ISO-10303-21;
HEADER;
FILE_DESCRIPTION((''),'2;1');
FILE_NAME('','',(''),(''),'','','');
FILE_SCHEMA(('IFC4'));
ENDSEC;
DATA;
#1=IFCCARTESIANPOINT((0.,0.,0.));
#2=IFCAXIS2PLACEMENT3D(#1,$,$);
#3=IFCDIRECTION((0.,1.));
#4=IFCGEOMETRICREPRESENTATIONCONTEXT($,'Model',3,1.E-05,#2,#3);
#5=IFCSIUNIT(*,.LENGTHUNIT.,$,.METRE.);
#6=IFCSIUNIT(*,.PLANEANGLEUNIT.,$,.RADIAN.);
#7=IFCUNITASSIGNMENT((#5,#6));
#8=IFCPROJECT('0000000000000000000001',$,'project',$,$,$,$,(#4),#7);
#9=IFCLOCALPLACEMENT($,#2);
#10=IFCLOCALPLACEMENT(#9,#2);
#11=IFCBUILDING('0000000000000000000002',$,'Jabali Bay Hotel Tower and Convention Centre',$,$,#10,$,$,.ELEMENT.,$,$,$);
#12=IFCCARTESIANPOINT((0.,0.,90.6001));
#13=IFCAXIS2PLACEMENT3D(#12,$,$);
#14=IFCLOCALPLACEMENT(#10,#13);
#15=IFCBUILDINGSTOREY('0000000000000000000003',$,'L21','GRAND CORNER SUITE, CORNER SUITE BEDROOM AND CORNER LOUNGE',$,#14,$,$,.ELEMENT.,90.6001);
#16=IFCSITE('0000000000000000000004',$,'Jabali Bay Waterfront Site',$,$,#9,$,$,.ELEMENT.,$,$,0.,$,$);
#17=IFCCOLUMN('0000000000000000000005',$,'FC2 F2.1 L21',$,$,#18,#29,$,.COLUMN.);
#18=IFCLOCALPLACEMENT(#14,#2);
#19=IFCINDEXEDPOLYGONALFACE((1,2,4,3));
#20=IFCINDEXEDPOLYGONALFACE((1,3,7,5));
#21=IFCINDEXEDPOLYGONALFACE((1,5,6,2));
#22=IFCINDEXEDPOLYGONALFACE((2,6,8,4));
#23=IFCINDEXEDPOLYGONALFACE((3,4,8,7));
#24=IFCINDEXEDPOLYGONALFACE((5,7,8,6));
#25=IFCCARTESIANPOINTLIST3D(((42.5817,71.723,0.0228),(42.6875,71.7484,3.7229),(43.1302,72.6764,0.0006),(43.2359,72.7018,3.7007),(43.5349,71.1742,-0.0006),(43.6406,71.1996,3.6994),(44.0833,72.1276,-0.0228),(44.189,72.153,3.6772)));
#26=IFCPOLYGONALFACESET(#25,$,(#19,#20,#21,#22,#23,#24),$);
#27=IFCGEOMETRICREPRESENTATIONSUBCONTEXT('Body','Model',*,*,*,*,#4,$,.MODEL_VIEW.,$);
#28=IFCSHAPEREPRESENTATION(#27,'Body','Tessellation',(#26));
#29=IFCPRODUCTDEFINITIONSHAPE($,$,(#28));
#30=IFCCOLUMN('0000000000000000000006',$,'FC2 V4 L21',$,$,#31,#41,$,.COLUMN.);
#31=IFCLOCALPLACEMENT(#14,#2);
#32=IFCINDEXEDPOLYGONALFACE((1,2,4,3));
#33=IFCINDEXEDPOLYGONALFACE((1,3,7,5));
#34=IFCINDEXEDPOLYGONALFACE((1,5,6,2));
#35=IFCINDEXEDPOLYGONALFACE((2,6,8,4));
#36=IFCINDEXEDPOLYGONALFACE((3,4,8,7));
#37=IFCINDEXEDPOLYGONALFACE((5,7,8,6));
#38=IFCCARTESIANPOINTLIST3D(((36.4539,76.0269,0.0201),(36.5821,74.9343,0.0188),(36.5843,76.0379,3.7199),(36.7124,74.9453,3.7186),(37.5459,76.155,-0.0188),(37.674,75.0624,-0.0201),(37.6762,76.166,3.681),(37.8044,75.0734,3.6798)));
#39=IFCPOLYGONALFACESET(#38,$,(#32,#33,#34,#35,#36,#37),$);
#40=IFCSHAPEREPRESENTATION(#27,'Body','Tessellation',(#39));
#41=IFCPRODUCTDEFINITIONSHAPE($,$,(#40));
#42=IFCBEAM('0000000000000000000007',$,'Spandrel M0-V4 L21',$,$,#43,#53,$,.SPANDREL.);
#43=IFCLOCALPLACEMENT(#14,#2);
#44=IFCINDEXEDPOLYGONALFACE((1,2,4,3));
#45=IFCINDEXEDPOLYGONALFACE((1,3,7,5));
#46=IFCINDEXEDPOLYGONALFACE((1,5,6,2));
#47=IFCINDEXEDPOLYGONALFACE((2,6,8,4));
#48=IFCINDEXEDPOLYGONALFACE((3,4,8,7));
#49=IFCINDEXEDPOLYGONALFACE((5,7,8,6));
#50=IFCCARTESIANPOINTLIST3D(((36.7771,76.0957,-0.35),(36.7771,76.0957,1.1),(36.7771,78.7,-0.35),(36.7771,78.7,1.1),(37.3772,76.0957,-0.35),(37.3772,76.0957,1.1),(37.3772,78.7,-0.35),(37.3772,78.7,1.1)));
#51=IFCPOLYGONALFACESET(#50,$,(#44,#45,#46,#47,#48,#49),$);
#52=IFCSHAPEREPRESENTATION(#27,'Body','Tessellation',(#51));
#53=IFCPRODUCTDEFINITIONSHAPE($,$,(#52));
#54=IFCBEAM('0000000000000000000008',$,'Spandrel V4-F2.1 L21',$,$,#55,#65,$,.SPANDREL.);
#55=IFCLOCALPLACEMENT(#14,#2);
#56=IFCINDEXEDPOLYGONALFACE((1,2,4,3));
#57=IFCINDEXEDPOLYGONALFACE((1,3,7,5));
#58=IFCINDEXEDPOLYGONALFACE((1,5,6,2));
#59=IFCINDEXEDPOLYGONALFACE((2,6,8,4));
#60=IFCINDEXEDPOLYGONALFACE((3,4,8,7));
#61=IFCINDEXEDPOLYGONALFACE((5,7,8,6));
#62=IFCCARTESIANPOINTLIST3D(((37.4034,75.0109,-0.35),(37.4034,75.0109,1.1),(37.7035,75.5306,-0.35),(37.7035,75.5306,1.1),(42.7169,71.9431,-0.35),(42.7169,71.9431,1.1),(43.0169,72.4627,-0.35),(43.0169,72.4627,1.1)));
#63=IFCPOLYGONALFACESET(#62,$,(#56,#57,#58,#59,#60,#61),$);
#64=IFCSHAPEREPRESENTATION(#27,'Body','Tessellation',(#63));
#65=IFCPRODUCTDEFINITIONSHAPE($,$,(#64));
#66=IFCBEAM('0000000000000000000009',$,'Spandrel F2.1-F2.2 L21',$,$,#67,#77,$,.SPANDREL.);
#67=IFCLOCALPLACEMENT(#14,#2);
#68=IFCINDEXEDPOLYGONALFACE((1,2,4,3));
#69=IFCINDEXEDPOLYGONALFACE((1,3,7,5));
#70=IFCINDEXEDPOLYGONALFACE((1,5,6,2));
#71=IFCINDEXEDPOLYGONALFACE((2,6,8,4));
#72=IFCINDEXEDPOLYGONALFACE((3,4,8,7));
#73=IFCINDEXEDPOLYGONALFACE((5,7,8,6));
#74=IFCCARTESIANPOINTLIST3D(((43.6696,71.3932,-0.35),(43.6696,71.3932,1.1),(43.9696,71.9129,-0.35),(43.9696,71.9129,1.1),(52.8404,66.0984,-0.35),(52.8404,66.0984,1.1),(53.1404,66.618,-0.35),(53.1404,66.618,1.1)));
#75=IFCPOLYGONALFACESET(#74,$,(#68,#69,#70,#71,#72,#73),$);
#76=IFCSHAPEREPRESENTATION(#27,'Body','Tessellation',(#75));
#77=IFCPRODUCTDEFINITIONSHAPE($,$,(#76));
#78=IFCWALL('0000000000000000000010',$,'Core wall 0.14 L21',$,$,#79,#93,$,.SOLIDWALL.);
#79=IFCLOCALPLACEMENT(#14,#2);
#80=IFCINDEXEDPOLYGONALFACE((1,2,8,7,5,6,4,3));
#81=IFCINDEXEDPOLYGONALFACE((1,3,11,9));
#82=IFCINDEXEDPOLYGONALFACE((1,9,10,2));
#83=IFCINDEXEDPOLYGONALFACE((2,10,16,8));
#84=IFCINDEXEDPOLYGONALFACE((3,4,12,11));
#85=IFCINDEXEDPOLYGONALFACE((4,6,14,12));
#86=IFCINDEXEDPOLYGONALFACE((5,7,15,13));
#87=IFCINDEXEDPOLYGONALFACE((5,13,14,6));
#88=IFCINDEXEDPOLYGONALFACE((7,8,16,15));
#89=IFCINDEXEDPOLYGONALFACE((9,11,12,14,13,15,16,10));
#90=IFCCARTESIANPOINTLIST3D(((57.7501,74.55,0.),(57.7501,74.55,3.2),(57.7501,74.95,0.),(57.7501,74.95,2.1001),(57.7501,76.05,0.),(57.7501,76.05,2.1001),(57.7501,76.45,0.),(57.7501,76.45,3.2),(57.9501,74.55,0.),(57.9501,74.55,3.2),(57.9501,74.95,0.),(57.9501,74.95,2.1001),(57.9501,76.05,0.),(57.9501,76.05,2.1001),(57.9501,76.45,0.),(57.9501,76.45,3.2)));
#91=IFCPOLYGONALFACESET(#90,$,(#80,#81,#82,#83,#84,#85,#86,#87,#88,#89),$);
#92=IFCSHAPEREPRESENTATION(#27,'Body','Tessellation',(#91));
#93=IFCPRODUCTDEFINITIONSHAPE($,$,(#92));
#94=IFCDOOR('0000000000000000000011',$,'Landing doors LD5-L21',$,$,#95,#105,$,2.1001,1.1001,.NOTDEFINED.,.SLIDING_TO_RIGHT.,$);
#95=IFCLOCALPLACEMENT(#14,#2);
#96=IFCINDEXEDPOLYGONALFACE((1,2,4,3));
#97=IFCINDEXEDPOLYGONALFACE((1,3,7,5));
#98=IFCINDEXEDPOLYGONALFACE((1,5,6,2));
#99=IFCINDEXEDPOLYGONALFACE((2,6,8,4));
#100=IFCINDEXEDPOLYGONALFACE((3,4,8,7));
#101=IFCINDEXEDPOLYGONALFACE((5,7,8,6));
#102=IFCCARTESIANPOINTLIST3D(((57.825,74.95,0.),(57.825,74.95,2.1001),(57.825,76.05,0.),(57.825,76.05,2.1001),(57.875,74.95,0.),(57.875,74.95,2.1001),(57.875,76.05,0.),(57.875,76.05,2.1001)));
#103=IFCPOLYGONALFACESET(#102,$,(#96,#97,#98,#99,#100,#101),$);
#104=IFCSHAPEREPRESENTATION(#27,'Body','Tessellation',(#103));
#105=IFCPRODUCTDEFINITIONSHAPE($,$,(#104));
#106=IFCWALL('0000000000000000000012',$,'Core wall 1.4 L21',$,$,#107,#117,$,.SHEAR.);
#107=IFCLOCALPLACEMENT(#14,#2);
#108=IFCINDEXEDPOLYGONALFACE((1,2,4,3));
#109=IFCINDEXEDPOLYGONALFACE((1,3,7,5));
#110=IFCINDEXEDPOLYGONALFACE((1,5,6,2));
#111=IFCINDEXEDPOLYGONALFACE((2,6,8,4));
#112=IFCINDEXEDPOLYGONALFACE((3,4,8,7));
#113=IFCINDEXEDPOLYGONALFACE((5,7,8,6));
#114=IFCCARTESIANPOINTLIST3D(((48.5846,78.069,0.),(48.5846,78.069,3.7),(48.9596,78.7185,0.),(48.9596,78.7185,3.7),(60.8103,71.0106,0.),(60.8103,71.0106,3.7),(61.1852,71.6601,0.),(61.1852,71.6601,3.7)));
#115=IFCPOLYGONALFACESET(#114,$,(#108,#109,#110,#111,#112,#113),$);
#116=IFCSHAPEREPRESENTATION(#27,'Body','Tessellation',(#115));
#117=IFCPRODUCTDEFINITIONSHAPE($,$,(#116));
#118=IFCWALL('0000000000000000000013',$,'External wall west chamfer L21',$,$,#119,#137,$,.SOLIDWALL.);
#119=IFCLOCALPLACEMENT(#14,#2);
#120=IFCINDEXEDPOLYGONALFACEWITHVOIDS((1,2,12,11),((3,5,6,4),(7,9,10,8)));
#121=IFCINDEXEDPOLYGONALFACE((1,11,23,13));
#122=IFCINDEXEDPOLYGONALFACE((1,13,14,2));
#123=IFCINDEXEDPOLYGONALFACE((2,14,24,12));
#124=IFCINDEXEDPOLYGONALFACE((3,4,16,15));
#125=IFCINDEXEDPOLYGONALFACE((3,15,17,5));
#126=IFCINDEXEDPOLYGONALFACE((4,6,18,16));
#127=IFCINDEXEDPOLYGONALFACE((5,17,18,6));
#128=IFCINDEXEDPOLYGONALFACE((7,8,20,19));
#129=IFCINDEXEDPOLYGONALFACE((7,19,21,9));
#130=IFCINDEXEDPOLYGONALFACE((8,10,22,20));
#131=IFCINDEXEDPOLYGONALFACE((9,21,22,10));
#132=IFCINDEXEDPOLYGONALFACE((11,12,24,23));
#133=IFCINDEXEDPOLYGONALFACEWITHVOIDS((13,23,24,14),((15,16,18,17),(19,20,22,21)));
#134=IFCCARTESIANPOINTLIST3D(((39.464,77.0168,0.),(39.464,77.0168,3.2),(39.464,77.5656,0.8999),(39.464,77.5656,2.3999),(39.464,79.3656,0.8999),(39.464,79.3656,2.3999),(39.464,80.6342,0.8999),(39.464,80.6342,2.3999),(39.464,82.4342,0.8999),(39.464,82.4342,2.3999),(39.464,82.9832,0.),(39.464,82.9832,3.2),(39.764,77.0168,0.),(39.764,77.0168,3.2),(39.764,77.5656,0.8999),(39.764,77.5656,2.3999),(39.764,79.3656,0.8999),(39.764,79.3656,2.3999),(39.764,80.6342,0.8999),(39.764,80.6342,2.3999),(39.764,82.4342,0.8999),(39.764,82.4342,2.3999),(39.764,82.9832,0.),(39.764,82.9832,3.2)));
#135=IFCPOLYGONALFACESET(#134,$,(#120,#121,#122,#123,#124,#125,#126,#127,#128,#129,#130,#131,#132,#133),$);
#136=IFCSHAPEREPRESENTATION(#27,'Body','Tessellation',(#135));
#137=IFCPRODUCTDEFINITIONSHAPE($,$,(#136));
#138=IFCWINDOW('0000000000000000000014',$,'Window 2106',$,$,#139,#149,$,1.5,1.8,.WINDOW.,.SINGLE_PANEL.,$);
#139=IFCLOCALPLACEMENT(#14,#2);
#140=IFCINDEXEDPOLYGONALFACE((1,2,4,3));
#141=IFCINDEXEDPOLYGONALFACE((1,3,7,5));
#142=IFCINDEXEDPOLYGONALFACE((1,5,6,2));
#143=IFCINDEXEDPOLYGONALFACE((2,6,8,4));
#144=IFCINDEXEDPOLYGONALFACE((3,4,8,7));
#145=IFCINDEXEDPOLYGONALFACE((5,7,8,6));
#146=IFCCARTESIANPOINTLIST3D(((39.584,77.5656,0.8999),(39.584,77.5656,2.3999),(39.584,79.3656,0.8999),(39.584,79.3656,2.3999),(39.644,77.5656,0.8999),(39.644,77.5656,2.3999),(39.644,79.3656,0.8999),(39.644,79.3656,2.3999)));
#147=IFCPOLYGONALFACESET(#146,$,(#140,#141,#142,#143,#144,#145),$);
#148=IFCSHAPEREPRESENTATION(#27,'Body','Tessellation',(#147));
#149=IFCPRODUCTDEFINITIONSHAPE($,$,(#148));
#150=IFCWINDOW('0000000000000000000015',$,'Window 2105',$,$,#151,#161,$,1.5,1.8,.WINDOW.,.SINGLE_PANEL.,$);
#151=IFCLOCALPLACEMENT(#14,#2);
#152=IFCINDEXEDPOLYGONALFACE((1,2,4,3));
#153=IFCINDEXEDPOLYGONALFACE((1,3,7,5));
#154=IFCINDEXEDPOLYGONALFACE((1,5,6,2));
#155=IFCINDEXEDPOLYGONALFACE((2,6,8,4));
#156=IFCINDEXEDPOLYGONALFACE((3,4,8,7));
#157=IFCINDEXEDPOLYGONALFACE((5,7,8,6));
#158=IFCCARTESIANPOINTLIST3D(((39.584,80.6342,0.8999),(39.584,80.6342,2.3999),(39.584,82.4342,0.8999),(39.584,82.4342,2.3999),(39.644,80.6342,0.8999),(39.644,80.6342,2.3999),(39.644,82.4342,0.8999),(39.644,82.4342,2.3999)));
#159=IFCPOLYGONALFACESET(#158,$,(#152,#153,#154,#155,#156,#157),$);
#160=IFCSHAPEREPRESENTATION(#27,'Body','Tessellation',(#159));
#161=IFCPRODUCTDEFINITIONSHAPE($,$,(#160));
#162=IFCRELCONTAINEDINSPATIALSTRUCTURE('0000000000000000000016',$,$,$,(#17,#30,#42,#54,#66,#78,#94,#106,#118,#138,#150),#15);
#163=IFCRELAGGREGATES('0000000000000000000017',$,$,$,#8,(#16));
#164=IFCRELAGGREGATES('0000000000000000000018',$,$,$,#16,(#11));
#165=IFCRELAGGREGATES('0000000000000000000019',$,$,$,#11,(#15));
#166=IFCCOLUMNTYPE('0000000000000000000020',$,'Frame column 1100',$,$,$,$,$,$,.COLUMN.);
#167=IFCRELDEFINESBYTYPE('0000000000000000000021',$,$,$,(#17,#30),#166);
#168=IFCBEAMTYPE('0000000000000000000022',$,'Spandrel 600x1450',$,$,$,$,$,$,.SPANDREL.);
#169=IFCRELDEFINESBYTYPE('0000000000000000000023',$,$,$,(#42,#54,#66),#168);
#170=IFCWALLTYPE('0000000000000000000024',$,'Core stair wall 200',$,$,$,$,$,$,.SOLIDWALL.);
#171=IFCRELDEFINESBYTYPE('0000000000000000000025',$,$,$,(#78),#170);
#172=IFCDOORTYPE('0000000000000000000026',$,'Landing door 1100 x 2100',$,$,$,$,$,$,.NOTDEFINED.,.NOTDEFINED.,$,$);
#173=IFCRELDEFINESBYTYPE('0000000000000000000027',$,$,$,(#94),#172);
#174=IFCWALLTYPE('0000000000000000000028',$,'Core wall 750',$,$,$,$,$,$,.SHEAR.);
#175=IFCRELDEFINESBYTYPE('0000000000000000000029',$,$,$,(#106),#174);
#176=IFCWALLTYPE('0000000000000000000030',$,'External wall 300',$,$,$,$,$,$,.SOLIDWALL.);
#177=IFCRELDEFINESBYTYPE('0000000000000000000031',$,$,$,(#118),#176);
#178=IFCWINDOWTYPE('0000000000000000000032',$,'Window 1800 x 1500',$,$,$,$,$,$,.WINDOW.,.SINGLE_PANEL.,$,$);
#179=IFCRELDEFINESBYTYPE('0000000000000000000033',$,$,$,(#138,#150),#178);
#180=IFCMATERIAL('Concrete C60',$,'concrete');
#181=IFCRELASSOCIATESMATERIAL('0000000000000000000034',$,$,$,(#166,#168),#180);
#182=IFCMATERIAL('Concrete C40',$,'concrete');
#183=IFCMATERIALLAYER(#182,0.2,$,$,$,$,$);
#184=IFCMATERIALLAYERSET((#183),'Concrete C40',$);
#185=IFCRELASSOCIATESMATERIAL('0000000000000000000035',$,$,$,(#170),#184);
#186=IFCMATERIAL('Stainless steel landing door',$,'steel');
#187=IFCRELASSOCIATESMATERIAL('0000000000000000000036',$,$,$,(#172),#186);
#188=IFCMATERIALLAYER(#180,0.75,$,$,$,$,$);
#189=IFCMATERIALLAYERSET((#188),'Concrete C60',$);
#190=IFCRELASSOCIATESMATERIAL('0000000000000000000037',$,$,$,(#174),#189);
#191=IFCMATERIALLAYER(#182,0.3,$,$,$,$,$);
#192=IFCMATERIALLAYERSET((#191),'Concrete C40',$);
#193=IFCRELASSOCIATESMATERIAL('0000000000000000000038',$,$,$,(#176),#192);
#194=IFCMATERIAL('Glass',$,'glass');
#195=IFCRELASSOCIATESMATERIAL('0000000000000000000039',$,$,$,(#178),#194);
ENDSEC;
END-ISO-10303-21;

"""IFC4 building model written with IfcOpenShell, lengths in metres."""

from ifc_helpers import new_model, si_unit, direction, frame, frame_2d, origin, origin_2d, place, context, subcontext, project, spatial, rectangle, extrude, material, layer, layer_set, material_profile, profile_set, type_object, element, fill, save


model = new_model("IFC4")

# Units and contexts
model_context = context("Model", 3, precision=1e-05, world=origin(), true_north=direction((0.0, 1.0)))
body_context = subcontext(model_context, "Body", "Model", "MODEL_VIEW")
ifc_project = project(units=[si_unit("LENGTHUNIT", "METRE"), si_unit("PLANEANGLEUNIT", "RADIAN")], contexts=[model_context])

# Site, building, storey
site_placement = place(None, origin())
site = spatial("IfcSite", under=ifc_project, at=site_placement, Name="Jabali Bay Waterfront Site", CompositionType="ELEMENT", RefElevation=0.0)
building_placement = place(site_placement, origin())
building = spatial("IfcBuilding", under=site, at=building_placement, Name="Jabali Bay Hotel Tower and Convention Centre", CompositionType="ELEMENT")
storey_placement = place(building_placement, frame((0.0, 0.0, 90.6001)))
storey = spatial("IfcBuildingStorey", under=building, at=storey_placement, Name="L21", Description="GRAND CORNER SUITE, CORNER SUITE BEDROOM AND CORNER LOUNGE", CompositionType="ELEMENT", Elevation=90.6001)

# Columns
ifc_material_1 = material(Name="Concrete C60", Category="concrete")
ifc_material_profile_1 = material_profile(ifc_material_1, rectangle(XDim=1.1001, YDim=1.1001, at=origin_2d()), Name="Frame column 1100")
ifc_profile_set_1 = profile_set([ifc_material_profile_1], Name="Concrete C60")
column_type = type_object("IfcColumnType", Name="Frame column 1100", PredefinedType="COLUMN", material=ifc_profile_set_1)
column_1_placement = place(storey_placement, frame((43.3325, 71.9253, 0.0), z_axis=(0.028559, 0.006859, 0.999569), x_axis=(-0.86641, 0.498877, 0.021331)))
element("IfcColumn", 1, at=column_1_placement, inside=storey, type_object=column_type, Name="FC2 F2.1 L21", PredefinedType="COLUMN", context=body_context, shape_type="SweptSolid", body=[
    extrude(rectangle(XDim=1.1001, YDim=1.1001, at=origin_2d()), origin(), (0.0, 0.0, 1.0), 3.7017),
])
column_2_placement = place(storey_placement, frame((37.064, 75.5447, 0.0), z_axis=(0.035214, 0.002967, 0.999375), x_axis=(-0.116468, 0.993194, 0.001155)))
element("IfcColumn", 2, at=column_2_placement, inside=storey, type_object=column_type, Name="FC2 V4 L21", PredefinedType="COLUMN", context=body_context, shape_type="SweptSolid", body=[
    extrude(rectangle(XDim=1.1001, YDim=1.1001, at=origin_2d()), origin(), (0.0, 0.0, 1.0), 3.7021),
])

# Beams
ifc_material_profile_2 = material_profile(ifc_material_1, rectangle(XDim=0.6001, YDim=1.45, at=origin_2d()), Name="Spandrel 600x1450")
ifc_profile_set_2 = profile_set([ifc_material_profile_2], Name="Concrete C60")
beam_type = type_object("IfcBeamType", Name="Spandrel 600x1450", PredefinedType="SPANDREL", material=ifc_profile_set_2)
beam_1_placement = place(storey_placement, frame((37.0771, 78.7, 0.375), z_axis=(0.0, -1.0, 0.0), x_axis=(1.0, 0.0, 0.0)))
element("IfcBeam", 3, at=beam_1_placement, inside=storey, type_object=beam_type, Name="Spandrel M0-V4 L21", PredefinedType="SPANDREL", context=body_context, shape_type="SweptSolid", body=[
    extrude(rectangle(XDim=0.6001, YDim=1.45, at=origin_2d()), origin(), (0.0, 0.0, 1.0), 2.6042),
])
beam_2_placement = place(storey_placement, frame((37.5535, 75.2708, 0.375), z_axis=(0.866016, -0.500016, 0.0), x_axis=(0.500016, 0.866016, 0.0)))
element("IfcBeam", 4, at=beam_2_placement, inside=storey, type_object=beam_type, Name="Spandrel V4-F2.1 L21", PredefinedType="SPANDREL", context=body_context, shape_type="SweptSolid", body=[
    extrude(rectangle(XDim=0.6001, YDim=1.45, at=origin_2d()), origin(), (0.0, 0.0, 1.0), 6.1355),
])
beam_3_placement = place(storey_placement, frame((43.8196, 71.6531, 0.375), z_axis=(0.866021, -0.500007, 0.0), x_axis=(0.500007, 0.866021, 0.0)))
element("IfcBeam", 5, at=beam_3_placement, inside=storey, type_object=beam_type, Name="Spandrel F2.1-F2.2 L21", PredefinedType="SPANDREL", context=body_context, shape_type="SweptSolid", body=[
    extrude(rectangle(XDim=0.6001, YDim=1.45, at=origin_2d()), origin(), (0.0, 0.0, 1.0), 10.5896),
])

# Wall, opening, door
ifc_material_2 = material(Name="Concrete C40", Category="concrete")
ifc_layer_1 = layer(ifc_material_2, 0.2)
ifc_layer_set_1 = layer_set([ifc_layer_1], Name="Concrete C40")
wall_type_1 = type_object("IfcWallType", Name="Core stair wall 200", PredefinedType="SOLIDWALL", material=ifc_layer_set_1)
wall_1_placement = place(storey_placement, frame((57.8501, 76.45, 0.0), z_axis=(0.0, 0.0, 1.0), x_axis=(0.0, -1.0, 0.0)))
wall_1 = element("IfcWall", 6, at=wall_1_placement, inside=storey, type_object=wall_type_1, Name="Core wall 0.14 L21", PredefinedType="SOLIDWALL", context=body_context, shape_type="SweptSolid", body=[
    extrude(rectangle(XDim=1.8999, YDim=0.2, at=frame_2d((0.95, 0.0))), origin(), (0.0, 0.0, 1.0), 3.2),
])
opening_1_placement = place(wall_1_placement, frame((0.3999, 0.0, 0.0)))
opening_1 = element("IfcOpeningElement", 7, at=opening_1_placement, cuts=wall_1, PredefinedType="OPENING", context=body_context, shape_type="SweptSolid", body=[
    extrude(rectangle(XDim=1.1001, YDim=2.1001, at=frame_2d((0.55, 1.05))), frame((0.0, 0.1104, 0.0), z_axis=(0.0, -1.0, 0.0), x_axis=(1.0, 0.0, 0.0)), (0.0, 0.0, 1.0), 0.2209),
])
ifc_material_3 = material(Name="Stainless steel landing door", Category="steel")
door_type = type_object("IfcDoorType", Name="Landing door 1100 x 2100", OperationType="NOTDEFINED", PredefinedType="NOTDEFINED", material=ifc_material_3)
door_placement = place(opening_1_placement, origin())
door = element("IfcDoor", 8, at=door_placement, inside=storey, type_object=door_type, Name="Landing doors LD5-L21", OperationType="SLIDING_TO_RIGHT", OverallHeight=2.1001, OverallWidth=1.1001, PredefinedType="NOTDEFINED", context=body_context, shape_type="SweptSolid", body=[
    extrude(rectangle(XDim=1.1001, YDim=2.1001, at=frame_2d((0.55, 1.05))), frame((0.0, 0.0249, 0.0), z_axis=(0.0, -1.0, 0.0), x_axis=(1.0, 0.0, 0.0)), (0.0, 0.0, 1.0), 0.05),
])
fill(opening_1, door)

# Wall
ifc_layer_2 = layer(ifc_material_1, 0.75)
ifc_layer_set_2 = layer_set([ifc_layer_2], Name="Concrete C60")
wall_type_2 = type_object("IfcWallType", Name="Core wall 750", PredefinedType="SHEAR", material=ifc_layer_set_2)
wall_2_placement = place(storey_placement, frame((48.772, 78.3938, 0.0), z_axis=(0.0, 0.0, 1.0), x_axis=(0.866028, -0.499995, 0.0)))
element("IfcWall", 9, at=wall_2_placement, inside=storey, type_object=wall_type_2, Name="Core wall 1.4 L21", PredefinedType="SHEAR", context=body_context, shape_type="SweptSolid", body=[
    extrude(rectangle(XDim=14.1169, YDim=0.75, at=frame_2d((7.0586, 0.0))), origin(), (0.0, 0.0, 1.0), 3.7),
])

# Wall, openings, windows
ifc_layer_3 = layer(ifc_material_2, 0.3)
ifc_layer_set_3 = layer_set([ifc_layer_3], Name="Concrete C40")
wall_type_3 = type_object("IfcWallType", Name="External wall 300", PredefinedType="SOLIDWALL", material=ifc_layer_set_3)
wall_3_placement = place(storey_placement, frame((39.614, 77.0168, 0.0), z_axis=(0.0, 0.0, 1.0), x_axis=(0.0, 1.0, 0.0)))
wall_3 = element("IfcWall", 10, at=wall_3_placement, inside=storey, type_object=wall_type_3, Name="External wall west chamfer L21", PredefinedType="SOLIDWALL", context=body_context, shape_type="SweptSolid", body=[
    extrude(rectangle(XDim=5.9663, YDim=0.3, at=frame_2d((2.9832, 0.0))), origin(), (0.0, 0.0, 1.0), 3.2),
])
opening_2_placement = place(wall_3_placement, frame((0.5488, 0.0, 0.8999)))
opening_2 = element("IfcOpeningElement", 11, at=opening_2_placement, cuts=wall_3, PredefinedType="OPENING", context=body_context, shape_type="SweptSolid", body=[
    extrude(rectangle(XDim=1.8, YDim=1.5, at=frame_2d((0.8999, 0.75))), frame((0.0, 0.1606, 0.0), z_axis=(0.0, -1.0, 0.0), x_axis=(1.0, 0.0, 0.0)), (0.0, 0.0, 1.0), 0.321),
])
opening_3_placement = place(wall_3_placement, frame((3.6174, 0.0, 0.8999)))
opening_3 = element("IfcOpeningElement", 12, at=opening_3_placement, cuts=wall_3, PredefinedType="OPENING", context=body_context, shape_type="SweptSolid", body=[
    extrude(rectangle(XDim=1.8, YDim=1.5, at=frame_2d((0.8999, 0.75))), frame((0.0, 0.1606, 0.0), z_axis=(0.0, -1.0, 0.0), x_axis=(1.0, 0.0, 0.0)), (0.0, 0.0, 1.0), 0.321),
])
ifc_material_4 = material(Name="Glass", Category="glass")
window_type = type_object("IfcWindowType", Name="Window 1800 x 1500", PartitioningType="SINGLE_PANEL", PredefinedType="WINDOW", material=ifc_material_4)
window_1_placement = place(opening_2_placement, origin())
window_1 = element("IfcWindow", 13, at=window_1_placement, inside=storey, type_object=window_type, Name="Window 2106", OverallHeight=1.5, OverallWidth=1.8, PartitioningType="SINGLE_PANEL", PredefinedType="WINDOW", context=body_context, shape_type="SweptSolid", body=[
    extrude(rectangle(XDim=1.8, YDim=1.5, at=frame_2d((0.8999, 0.75))), frame((0.0, 0.03, 0.0), z_axis=(0.0, -1.0, 0.0), x_axis=(1.0, 0.0, 0.0)), (0.0, 0.0, 1.0), 0.0601),
])
fill(opening_2, window_1)
window_2_placement = place(opening_3_placement, origin())
window_2 = element("IfcWindow", 14, at=window_2_placement, inside=storey, type_object=window_type, Name="Window 2105", OverallHeight=1.5, OverallWidth=1.8, PartitioningType="SINGLE_PANEL", PredefinedType="WINDOW", context=body_context, shape_type="SweptSolid", body=[
    extrude(rectangle(XDim=1.8, YDim=1.5, at=frame_2d((0.8999, 0.75))), frame((0.0, 0.03, 0.0), z_axis=(0.0, -1.0, 0.0), x_axis=(1.0, 0.0, 0.0)), (0.0, 0.0, 1.0), 0.0601),
])
fill(opening_3, window_2)

save(model, "model.ifc")
